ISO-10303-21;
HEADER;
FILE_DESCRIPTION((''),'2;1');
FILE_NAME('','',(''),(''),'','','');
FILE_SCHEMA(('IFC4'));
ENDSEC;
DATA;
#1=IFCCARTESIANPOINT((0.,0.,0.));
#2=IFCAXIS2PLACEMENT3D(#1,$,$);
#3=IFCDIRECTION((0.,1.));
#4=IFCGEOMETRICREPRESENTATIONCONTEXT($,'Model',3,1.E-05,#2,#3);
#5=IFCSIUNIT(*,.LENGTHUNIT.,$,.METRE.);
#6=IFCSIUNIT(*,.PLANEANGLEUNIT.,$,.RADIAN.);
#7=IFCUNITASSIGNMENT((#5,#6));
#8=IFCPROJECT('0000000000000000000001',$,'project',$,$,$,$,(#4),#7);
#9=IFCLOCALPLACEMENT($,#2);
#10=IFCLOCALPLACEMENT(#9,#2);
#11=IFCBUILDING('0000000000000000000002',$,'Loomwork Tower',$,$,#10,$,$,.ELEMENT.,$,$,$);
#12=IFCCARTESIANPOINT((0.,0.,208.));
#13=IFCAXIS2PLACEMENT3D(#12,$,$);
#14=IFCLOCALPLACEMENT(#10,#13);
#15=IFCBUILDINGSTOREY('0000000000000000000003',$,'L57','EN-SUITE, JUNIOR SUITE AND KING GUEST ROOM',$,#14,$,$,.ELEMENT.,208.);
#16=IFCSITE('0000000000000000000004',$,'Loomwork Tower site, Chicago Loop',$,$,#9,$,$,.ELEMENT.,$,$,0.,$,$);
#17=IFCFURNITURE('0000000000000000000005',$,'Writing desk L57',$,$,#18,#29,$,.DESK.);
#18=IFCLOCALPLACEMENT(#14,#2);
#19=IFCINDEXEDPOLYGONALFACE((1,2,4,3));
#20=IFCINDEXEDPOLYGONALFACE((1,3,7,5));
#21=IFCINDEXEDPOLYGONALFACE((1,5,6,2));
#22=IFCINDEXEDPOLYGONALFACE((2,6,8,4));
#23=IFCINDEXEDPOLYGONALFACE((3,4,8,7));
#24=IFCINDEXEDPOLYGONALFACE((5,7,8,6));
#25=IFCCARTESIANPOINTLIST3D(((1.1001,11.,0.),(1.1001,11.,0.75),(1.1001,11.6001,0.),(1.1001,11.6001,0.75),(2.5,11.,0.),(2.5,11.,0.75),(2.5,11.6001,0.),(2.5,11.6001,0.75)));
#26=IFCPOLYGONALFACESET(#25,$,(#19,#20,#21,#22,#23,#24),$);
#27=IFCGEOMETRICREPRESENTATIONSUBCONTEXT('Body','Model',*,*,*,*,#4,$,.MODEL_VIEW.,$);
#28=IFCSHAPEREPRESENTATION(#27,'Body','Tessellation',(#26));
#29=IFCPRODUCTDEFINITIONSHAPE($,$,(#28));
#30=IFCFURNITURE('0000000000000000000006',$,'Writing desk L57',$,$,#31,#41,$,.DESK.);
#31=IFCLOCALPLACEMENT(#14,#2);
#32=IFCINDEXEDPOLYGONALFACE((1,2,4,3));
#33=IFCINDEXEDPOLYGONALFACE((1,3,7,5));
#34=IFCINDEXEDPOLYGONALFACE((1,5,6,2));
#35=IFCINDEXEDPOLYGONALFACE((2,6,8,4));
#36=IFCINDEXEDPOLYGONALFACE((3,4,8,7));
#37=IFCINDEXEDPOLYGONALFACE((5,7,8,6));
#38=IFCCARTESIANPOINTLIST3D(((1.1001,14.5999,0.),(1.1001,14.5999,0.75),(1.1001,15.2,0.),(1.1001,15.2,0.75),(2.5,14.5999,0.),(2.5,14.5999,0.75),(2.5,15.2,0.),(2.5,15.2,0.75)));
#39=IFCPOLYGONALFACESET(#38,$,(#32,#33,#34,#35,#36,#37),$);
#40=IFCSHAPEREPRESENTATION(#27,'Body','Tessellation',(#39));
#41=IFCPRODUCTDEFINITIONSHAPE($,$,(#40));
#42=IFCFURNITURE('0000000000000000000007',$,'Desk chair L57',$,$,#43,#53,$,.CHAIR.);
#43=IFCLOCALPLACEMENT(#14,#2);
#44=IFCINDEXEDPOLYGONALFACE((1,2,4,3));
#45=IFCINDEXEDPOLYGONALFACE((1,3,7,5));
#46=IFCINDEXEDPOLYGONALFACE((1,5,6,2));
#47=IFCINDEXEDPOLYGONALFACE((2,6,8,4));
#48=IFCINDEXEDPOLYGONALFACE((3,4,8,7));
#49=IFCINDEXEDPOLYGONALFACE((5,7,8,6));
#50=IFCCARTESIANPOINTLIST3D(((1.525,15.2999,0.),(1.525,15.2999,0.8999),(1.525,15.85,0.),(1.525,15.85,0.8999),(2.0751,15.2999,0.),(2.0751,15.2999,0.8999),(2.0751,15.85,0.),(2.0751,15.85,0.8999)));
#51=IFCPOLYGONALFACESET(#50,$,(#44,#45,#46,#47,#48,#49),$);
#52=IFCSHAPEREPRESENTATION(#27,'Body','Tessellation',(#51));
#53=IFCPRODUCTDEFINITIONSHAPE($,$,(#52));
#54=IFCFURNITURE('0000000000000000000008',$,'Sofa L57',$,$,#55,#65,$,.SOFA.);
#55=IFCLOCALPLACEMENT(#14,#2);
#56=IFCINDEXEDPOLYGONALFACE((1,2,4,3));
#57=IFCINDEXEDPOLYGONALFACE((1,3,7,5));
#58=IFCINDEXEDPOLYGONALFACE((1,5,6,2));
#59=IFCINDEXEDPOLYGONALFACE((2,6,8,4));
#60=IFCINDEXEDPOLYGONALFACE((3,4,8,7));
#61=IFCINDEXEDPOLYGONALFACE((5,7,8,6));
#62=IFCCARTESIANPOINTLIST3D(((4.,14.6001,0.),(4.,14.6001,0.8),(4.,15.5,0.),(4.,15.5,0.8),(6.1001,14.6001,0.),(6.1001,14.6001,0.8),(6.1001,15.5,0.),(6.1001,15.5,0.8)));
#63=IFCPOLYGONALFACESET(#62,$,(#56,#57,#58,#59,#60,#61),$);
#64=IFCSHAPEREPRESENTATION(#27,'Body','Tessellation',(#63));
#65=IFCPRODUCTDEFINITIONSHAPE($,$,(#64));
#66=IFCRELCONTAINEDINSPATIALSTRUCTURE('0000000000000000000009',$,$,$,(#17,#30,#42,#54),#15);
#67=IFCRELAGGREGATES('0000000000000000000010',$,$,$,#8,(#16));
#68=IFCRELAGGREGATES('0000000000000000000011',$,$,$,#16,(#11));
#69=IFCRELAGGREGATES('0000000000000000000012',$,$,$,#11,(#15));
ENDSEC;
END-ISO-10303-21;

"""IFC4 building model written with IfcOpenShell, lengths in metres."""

from ifc_helpers import new_model, si_unit, direction, frame, origin, origin_2d, place, context, subcontext, project, spatial, rectangle, extrude, element, save


model = new_model("IFC4")

# Units and contexts
model_context = context("Model", 3, precision=1e-05, world=origin(), true_north=direction((0.0, 1.0)))
body_context = subcontext(model_context, "Body", "Model", "MODEL_VIEW")
ifc_project = project(units=[si_unit("LENGTHUNIT", "METRE"), si_unit("PLANEANGLEUNIT", "RADIAN")], contexts=[model_context])

# Site, building, storey
site_placement = place(None, origin())
site = spatial("IfcSite", under=ifc_project, at=site_placement, Name="Loomwork Tower site, Chicago Loop", CompositionType="ELEMENT", RefElevation=0.0)
building_placement = place(site_placement, origin())
building = spatial("IfcBuilding", under=site, at=building_placement, Name="Loomwork Tower", CompositionType="ELEMENT")
storey_placement = place(building_placement, frame((0.0, 0.0, 208.0)))
storey = spatial("IfcBuildingStorey", under=building, at=storey_placement, Name="L57", Description="EN-SUITE, JUNIOR SUITE AND KING GUEST ROOM", CompositionType="ELEMENT", Elevation=208.0)

# Furniture
for number, where, z_axis, x_axis, name in (
    (1, (1.8, 11.3, 0.0), (0.0, 0.0, 1.0), (1.0, 0.0, 0.0), "Writing desk L57"),
    (2, (1.8, 14.8999, 0.0), (0.0, 0.0, 1.0), (1.0, 0.0, 0.0), "Writing desk L57"),
):
    element("IfcFurniture", number, at=place(storey_placement, frame(where, z_axis=z_axis, x_axis=x_axis)), inside=storey, Name=name, PredefinedType="DESK", context=body_context, shape_type="SweptSolid", body=[
        extrude(rectangle(XDim=1.3999, YDim=0.6001, at=origin_2d()), origin(), (0.0, 0.0, 1.0), 0.75),
    ])
furniture_1_placement = place(storey_placement, frame((1.8, 15.575, 0.0), z_axis=(0.0, 0.0, 1.0), x_axis=(1.0, 0.0, 0.0)))
element("IfcFurniture", 3, at=furniture_1_placement, inside=storey, Name="Desk chair L57", PredefinedType="CHAIR", context=body_context, shape_type="SweptSolid", body=[
    extrude(rectangle(XDim=0.55, YDim=0.55, at=origin_2d()), origin(), (0.0, 0.0, 1.0), 0.8999),
])
furniture_2_placement = place(storey_placement, frame((5.05, 15.05, 0.0), z_axis=(0.0, 0.0, 1.0), x_axis=(1.0, 0.0, 0.0)))
element("IfcFurniture", 4, at=furniture_2_placement, inside=storey, Name="Sofa L57", PredefinedType="SOFA", context=body_context, shape_type="SweptSolid", body=[
    extrude(rectangle(XDim=2.1001, YDim=0.8999, at=origin_2d()), origin(), (0.0, 0.0, 1.0), 0.8),
])

save(model, "model.ifc")
